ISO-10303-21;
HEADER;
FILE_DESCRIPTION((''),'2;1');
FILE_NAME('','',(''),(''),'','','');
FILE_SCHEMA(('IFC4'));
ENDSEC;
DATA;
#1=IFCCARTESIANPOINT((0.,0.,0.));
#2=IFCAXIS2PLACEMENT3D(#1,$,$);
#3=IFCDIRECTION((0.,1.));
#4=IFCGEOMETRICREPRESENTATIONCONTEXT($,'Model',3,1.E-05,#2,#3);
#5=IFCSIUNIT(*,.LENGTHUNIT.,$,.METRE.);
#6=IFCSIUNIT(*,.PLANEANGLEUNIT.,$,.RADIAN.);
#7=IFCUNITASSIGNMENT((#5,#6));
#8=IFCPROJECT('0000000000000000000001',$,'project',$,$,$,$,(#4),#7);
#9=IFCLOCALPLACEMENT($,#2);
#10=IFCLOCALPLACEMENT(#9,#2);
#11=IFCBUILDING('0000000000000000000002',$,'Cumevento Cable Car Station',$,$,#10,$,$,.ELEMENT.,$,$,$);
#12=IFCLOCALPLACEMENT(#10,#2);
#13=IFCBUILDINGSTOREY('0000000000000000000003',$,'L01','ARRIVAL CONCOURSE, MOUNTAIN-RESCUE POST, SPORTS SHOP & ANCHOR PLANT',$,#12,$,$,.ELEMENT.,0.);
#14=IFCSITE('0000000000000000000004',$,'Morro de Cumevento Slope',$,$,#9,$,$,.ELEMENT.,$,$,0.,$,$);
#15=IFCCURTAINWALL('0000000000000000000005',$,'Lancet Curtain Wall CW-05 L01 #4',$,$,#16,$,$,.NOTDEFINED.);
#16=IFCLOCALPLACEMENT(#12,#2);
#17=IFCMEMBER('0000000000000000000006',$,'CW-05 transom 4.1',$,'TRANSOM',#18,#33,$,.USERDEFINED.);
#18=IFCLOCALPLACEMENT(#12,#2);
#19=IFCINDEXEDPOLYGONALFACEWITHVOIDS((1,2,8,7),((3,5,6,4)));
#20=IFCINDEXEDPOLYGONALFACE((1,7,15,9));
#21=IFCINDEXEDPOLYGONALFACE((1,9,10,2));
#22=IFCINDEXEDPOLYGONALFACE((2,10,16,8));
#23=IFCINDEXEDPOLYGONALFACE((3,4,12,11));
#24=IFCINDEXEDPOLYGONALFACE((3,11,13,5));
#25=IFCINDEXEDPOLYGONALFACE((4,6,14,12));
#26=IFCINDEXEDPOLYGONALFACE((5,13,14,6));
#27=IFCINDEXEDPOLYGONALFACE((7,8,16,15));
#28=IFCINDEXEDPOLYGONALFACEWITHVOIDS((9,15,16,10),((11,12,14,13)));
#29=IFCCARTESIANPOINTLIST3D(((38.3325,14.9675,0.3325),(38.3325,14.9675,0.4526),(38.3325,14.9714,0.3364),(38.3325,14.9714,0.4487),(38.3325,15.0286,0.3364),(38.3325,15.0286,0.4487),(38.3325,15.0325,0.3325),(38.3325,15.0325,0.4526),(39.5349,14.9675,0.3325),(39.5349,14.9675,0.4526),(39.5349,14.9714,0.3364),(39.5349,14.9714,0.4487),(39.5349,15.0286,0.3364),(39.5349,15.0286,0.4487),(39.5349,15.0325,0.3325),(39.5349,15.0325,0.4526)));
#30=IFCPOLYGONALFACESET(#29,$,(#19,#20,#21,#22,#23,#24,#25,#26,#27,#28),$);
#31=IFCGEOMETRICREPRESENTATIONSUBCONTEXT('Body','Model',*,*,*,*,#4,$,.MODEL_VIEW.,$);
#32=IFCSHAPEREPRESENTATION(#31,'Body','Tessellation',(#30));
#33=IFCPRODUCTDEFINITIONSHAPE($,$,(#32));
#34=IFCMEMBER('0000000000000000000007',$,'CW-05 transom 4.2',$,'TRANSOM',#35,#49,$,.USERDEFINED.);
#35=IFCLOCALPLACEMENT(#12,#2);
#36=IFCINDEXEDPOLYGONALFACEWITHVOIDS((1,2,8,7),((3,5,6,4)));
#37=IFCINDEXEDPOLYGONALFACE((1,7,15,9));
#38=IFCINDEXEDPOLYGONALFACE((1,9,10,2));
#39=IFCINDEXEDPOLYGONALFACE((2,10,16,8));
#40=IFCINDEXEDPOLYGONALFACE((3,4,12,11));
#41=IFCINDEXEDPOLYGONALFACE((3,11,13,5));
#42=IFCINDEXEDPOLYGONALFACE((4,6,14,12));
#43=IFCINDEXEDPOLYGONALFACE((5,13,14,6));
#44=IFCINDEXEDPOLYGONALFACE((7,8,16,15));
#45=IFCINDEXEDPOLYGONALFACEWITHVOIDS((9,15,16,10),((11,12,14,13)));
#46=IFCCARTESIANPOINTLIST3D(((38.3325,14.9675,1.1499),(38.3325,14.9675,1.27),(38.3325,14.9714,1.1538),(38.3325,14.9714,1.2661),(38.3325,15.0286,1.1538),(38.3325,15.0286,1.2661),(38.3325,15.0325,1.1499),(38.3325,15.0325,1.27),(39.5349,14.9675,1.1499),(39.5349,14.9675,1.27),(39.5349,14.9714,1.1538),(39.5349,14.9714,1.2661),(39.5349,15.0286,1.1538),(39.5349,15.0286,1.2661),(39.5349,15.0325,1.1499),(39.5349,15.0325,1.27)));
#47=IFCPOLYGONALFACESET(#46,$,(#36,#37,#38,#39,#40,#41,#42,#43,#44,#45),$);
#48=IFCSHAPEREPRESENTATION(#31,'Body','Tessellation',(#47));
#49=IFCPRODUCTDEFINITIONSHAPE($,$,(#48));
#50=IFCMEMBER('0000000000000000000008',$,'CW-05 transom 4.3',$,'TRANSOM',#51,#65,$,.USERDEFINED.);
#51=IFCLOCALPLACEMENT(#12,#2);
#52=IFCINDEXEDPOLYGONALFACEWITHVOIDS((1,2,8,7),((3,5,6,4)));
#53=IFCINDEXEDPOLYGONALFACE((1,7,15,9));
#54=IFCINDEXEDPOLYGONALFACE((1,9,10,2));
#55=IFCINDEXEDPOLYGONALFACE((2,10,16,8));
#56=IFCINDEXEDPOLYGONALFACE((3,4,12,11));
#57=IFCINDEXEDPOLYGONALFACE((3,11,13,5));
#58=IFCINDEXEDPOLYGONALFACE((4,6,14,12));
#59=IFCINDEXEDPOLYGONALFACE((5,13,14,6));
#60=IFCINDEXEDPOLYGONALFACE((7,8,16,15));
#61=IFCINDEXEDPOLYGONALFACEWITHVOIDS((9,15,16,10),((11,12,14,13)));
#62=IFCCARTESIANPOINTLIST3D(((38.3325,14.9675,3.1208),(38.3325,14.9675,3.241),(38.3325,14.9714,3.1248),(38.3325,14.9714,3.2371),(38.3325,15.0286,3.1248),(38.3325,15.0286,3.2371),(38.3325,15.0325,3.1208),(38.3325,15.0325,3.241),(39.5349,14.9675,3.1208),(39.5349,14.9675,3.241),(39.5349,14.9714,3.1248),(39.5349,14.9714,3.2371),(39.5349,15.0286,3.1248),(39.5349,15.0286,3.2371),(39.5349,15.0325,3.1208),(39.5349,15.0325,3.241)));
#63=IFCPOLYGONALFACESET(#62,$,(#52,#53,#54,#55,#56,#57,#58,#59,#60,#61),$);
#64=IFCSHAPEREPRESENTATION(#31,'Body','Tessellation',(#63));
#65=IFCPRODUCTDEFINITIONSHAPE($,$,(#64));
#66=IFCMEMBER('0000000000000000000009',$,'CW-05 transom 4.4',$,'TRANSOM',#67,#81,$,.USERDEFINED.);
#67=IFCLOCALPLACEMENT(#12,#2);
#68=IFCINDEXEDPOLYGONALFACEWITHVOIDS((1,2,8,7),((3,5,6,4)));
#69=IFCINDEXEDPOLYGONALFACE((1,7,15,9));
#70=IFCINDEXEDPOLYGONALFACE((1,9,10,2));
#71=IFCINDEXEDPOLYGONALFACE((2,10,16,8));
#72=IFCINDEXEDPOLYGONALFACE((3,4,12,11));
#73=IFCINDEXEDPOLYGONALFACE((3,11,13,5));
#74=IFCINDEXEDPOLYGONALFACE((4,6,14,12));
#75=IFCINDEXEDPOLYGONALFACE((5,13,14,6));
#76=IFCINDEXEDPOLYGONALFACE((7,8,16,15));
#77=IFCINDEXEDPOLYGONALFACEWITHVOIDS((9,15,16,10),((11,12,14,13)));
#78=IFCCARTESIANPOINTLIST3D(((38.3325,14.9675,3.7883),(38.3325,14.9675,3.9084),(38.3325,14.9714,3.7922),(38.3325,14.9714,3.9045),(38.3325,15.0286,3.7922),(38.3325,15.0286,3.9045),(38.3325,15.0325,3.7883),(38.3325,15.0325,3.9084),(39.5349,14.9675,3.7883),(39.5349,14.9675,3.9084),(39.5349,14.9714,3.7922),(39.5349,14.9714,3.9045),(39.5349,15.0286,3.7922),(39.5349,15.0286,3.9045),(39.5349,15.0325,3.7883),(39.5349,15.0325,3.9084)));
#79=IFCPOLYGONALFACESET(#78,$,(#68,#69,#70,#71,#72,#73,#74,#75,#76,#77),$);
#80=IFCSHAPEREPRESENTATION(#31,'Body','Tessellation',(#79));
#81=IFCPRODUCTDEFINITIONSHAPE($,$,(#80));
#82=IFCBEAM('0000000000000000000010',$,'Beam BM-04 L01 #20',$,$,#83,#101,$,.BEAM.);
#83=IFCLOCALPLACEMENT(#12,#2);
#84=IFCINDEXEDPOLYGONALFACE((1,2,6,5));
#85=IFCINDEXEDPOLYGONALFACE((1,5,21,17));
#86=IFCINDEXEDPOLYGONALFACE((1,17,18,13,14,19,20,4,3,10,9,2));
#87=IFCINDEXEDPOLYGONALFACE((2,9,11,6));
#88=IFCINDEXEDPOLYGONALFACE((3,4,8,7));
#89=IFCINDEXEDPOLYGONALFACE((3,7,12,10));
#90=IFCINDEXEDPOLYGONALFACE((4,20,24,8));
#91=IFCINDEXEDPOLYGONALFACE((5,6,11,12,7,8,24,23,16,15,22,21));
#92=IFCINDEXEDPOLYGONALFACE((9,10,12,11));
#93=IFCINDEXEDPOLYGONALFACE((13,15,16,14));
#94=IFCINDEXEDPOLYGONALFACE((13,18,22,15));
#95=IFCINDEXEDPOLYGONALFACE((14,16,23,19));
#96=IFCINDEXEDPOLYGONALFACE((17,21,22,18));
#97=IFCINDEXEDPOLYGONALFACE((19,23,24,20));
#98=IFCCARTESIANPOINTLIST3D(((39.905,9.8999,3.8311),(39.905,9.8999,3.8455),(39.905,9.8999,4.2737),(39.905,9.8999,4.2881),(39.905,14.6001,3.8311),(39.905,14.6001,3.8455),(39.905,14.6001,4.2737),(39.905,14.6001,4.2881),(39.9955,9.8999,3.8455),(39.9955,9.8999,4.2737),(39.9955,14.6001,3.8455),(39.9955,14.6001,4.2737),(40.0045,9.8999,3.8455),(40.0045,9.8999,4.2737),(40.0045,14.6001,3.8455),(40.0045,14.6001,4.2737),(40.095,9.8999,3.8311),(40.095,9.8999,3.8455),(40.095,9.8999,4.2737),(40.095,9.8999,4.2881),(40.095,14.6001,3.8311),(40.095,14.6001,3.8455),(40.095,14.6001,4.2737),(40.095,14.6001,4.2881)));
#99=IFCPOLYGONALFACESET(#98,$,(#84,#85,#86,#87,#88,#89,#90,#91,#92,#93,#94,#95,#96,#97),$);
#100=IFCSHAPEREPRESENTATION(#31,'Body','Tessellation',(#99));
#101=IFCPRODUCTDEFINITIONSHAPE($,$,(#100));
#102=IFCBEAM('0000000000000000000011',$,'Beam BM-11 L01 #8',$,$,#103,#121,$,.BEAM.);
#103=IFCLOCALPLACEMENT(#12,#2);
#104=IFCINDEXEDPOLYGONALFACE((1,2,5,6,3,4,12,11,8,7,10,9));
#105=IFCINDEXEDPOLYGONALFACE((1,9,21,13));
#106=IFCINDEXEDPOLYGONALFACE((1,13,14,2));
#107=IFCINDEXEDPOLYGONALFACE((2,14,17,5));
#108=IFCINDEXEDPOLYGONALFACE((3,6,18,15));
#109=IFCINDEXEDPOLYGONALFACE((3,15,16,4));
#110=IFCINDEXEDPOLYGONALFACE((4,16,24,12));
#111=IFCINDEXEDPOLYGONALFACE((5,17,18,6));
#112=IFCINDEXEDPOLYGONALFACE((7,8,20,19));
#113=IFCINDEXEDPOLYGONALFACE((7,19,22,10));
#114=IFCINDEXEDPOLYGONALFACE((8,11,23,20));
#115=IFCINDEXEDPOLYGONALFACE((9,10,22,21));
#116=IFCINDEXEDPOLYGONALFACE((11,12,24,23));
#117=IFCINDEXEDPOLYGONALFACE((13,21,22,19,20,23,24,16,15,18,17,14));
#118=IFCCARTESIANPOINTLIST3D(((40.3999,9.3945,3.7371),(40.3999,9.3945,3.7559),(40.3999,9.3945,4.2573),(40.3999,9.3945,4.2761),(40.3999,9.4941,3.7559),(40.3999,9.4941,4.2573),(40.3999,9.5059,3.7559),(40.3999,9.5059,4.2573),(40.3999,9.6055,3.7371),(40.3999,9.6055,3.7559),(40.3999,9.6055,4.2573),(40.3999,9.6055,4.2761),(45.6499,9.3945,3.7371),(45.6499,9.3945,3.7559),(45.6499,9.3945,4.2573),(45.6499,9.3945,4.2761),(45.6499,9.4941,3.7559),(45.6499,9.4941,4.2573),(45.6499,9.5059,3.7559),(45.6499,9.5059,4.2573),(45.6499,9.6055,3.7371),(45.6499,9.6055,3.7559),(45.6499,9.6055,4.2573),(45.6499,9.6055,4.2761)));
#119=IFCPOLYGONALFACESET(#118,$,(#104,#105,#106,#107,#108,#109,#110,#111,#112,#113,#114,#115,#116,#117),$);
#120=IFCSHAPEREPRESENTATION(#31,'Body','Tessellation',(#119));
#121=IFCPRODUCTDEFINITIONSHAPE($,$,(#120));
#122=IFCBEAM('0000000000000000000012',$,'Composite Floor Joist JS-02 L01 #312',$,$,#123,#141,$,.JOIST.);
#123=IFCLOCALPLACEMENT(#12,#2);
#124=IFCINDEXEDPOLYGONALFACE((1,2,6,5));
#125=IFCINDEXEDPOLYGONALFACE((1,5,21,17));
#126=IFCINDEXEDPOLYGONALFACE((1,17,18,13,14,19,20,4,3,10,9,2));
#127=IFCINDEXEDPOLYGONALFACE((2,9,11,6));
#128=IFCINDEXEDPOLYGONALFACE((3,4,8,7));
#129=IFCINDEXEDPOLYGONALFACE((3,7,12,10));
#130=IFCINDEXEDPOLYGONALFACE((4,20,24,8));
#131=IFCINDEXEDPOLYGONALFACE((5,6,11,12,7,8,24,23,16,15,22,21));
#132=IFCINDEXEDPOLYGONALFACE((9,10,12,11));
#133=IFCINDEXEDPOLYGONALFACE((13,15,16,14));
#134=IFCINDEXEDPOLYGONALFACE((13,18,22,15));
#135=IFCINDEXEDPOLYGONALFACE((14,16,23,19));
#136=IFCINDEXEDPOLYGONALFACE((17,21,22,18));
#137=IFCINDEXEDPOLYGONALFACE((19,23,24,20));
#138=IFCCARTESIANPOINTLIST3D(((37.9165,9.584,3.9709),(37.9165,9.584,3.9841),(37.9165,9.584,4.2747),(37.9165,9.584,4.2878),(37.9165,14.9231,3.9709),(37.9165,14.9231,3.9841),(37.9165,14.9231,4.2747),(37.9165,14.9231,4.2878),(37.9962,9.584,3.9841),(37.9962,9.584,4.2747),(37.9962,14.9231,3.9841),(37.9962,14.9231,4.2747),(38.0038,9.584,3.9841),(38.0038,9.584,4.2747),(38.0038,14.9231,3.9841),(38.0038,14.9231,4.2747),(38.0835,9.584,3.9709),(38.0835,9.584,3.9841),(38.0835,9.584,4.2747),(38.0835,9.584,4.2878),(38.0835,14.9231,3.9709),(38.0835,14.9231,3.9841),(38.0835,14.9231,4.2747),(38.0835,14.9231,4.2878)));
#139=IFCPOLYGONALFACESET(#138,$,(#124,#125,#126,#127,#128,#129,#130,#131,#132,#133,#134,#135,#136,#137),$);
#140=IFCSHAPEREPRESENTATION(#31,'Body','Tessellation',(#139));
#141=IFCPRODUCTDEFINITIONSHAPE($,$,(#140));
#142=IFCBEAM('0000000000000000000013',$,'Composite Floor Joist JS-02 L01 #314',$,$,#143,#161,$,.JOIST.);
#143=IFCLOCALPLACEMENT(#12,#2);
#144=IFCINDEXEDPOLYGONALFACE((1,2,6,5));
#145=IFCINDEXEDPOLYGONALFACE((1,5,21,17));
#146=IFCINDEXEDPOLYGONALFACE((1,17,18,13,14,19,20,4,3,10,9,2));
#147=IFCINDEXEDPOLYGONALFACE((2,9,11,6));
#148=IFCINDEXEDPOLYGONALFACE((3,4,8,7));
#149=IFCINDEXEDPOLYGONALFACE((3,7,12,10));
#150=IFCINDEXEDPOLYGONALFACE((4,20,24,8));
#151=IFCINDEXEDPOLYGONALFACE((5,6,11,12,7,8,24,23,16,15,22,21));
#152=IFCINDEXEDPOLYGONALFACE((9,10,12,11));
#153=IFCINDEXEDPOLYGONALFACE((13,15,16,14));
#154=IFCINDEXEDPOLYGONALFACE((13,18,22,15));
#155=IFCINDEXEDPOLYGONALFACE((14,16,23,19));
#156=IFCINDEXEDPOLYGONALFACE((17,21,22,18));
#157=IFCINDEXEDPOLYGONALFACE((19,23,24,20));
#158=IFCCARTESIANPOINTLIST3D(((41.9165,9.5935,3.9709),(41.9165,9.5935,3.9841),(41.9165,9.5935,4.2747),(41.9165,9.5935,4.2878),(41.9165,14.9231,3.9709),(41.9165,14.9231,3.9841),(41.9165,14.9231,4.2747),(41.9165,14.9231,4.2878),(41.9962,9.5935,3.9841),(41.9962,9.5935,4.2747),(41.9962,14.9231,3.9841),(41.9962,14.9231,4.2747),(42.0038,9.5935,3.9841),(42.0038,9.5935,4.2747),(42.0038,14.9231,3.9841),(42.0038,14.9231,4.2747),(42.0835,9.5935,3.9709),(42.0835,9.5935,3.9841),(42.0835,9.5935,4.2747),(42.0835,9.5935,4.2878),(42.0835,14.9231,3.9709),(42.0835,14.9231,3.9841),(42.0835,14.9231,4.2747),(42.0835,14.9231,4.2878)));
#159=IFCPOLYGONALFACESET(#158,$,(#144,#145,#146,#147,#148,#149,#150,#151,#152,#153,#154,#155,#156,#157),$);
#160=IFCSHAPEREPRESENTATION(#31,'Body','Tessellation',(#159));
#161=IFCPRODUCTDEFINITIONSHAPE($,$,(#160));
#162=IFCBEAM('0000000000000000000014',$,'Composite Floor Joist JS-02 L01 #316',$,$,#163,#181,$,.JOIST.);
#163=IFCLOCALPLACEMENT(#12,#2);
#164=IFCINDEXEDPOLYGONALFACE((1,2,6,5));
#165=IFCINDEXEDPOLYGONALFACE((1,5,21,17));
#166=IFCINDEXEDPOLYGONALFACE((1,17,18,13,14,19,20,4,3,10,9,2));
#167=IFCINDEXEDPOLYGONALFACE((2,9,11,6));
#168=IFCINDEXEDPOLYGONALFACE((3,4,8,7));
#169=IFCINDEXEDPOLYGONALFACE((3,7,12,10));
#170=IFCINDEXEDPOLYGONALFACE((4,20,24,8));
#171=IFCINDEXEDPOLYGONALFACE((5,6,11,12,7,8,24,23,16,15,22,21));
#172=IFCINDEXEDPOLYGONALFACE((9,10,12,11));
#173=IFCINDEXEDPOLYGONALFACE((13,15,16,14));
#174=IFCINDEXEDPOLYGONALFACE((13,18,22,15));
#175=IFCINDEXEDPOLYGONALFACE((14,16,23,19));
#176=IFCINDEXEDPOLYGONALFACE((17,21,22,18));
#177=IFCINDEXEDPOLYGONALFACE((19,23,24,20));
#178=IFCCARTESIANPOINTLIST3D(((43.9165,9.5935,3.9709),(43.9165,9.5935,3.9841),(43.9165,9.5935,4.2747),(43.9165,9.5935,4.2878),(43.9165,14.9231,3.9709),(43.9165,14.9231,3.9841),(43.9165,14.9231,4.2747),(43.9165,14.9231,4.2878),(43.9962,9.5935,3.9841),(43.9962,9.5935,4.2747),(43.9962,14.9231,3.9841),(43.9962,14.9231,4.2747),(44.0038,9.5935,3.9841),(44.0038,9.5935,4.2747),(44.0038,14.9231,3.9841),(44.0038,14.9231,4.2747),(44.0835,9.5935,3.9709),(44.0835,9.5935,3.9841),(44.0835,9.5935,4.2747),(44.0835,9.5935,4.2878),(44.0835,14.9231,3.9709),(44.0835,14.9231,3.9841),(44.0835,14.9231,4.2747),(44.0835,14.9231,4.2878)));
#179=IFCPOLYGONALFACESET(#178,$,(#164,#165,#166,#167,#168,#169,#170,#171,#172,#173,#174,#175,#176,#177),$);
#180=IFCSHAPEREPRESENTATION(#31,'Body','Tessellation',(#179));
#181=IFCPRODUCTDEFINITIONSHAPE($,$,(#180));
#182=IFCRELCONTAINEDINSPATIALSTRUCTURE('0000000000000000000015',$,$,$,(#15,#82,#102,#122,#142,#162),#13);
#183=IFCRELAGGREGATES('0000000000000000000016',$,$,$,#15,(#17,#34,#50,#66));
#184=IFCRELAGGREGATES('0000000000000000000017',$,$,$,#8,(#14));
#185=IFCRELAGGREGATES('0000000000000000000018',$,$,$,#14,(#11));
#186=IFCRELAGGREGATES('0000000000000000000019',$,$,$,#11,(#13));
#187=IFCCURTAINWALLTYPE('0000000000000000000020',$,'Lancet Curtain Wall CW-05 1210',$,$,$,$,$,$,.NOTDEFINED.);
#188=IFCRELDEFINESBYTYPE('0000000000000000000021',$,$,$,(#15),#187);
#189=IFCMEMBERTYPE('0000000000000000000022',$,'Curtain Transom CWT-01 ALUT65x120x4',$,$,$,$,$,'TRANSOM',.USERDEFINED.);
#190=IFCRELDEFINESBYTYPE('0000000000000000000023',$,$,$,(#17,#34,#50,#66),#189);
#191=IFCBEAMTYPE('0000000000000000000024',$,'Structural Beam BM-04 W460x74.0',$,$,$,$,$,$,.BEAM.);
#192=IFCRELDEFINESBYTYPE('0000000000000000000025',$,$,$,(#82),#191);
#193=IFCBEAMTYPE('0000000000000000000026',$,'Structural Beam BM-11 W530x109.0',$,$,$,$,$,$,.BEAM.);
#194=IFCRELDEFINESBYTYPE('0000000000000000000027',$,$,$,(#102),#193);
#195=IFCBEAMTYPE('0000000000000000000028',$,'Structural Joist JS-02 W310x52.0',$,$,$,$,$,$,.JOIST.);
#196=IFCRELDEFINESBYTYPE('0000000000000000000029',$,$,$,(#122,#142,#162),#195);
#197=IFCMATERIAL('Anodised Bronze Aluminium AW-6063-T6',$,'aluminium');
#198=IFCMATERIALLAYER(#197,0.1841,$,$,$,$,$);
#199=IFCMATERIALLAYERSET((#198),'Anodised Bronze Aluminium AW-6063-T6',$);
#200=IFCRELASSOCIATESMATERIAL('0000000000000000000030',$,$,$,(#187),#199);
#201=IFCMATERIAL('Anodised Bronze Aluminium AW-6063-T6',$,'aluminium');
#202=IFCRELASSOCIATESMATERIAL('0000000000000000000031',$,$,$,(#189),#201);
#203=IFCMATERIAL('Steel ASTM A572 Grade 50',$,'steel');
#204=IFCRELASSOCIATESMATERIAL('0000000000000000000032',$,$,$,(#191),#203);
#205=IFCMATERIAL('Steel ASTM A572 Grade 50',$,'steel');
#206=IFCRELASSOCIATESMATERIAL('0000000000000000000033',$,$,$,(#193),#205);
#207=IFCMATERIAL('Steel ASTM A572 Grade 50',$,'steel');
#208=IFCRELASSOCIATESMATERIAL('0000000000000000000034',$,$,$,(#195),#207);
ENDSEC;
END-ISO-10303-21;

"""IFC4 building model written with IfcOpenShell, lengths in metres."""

from ifc_helpers import new_model, si_unit, direction, frame, origin, origin_2d, place, context, subcontext, project, spatial, hollow_rectangle, i_section, extrude, material, layer, layer_set, material_profile, profile_set, type_object, element, aggregate, save


model = new_model("IFC4")

# Units and contexts
model_context = context("Model", 3, precision=1e-05, world=origin(), true_north=direction((0.0, 1.0)))
body_context = subcontext(model_context, "Body", "Model", "MODEL_VIEW")
ifc_project = project(units=[si_unit("LENGTHUNIT", "METRE"), si_unit("PLANEANGLEUNIT", "RADIAN")], contexts=[model_context])

# Site, building, storey
site_placement = place(None, origin())
site = spatial("IfcSite", under=ifc_project, at=site_placement, Name="Morro de Cumevento Slope", CompositionType="ELEMENT", RefElevation=0.0)
building_placement = place(site_placement, origin())
building = spatial("IfcBuilding", under=site, at=building_placement, Name="Cumevento Cable Car Station", CompositionType="ELEMENT")
storey_placement = place(building_placement, origin())
storey = spatial("IfcBuildingStorey", under=building, at=storey_placement, Name="L01", Description="ARRIVAL CONCOURSE, MOUNTAIN-RESCUE POST, SPORTS SHOP & ANCHOR PLANT", CompositionType="ELEMENT", Elevation=0.0)

# Curtain wall, members
ifc_material_1 = material(Name="Anodised Bronze Aluminium AW-6063-T6", Category="aluminium")
ifc_layer_1 = layer(ifc_material_1, 0.1841)
ifc_layer_set_1 = layer_set([ifc_layer_1], Name="Anodised Bronze Aluminium AW-6063-T6")
curtain_wall_type = type_object("IfcCurtainWallType", Name="Lancet Curtain Wall CW-05 1210", PredefinedType="NOTDEFINED", material=ifc_layer_set_1)
curtain_wall_placement = place(storey_placement, origin())
curtain_wall = element("IfcCurtainWall", 1, at=curtain_wall_placement, inside=storey, type_object=curtain_wall_type, Name="Lancet Curtain Wall CW-05 L01 #4", PredefinedType="NOTDEFINED")
ifc_material_2 = material(Name="Anodised Bronze Aluminium AW-6063-T6", Category="aluminium")
ifc_material_profile_1 = material_profile(ifc_material_2, hollow_rectangle(XDim=0.0649, YDim=0.1201, WallThickness=0.0039, at=origin_2d()), Name="ALUT65x120x4")
ifc_profile_set_1 = profile_set([ifc_material_profile_1], Name="Anodised Bronze Aluminium AW-6063-T6")
member_type = type_object("IfcMemberType", Name="Curtain Transom CWT-01 ALUT65x120x4", ElementType="TRANSOM", PredefinedType="USERDEFINED", material=ifc_profile_set_1)
member_1_placement = place(storey_placement, frame((38.3325, 15.0, 0.3926), z_axis=(1.0, 0.0, 0.0), x_axis=(0.0, 1.0, 0.0)))
member_1 = element("IfcMember", 2, at=member_1_placement, type_object=member_type, Name="CW-05 transom 4.1", ObjectType="TRANSOM", PredefinedType="USERDEFINED", context=body_context, shape_type="SweptSolid", body=[
    extrude(hollow_rectangle(XDim=0.0649, YDim=0.1201, WallThickness=0.0039, at=origin_2d()), origin(), (0.0, 0.0, 1.0), 1.2024),
])
member_2_placement = place(storey_placement, frame((38.3325, 15.0, 1.21), z_axis=(1.0, 0.0, 0.0), x_axis=(0.0, 1.0, 0.0)))
member_2 = element("IfcMember", 3, at=member_2_placement, type_object=member_type, Name="CW-05 transom 4.2", ObjectType="TRANSOM", PredefinedType="USERDEFINED", context=body_context, shape_type="SweptSolid", body=[
    extrude(hollow_rectangle(XDim=0.0649, YDim=0.1201, WallThickness=0.0039, at=origin_2d()), origin(), (0.0, 0.0, 1.0), 1.2024),
])
member_3_placement = place(storey_placement, frame((38.3325, 15.0, 3.1809), z_axis=(1.0, 0.0, 0.0), x_axis=(0.0, 1.0, 0.0)))
member_3 = element("IfcMember", 4, at=member_3_placement, type_object=member_type, Name="CW-05 transom 4.3", ObjectType="TRANSOM", PredefinedType="USERDEFINED", context=body_context, shape_type="SweptSolid", body=[
    extrude(hollow_rectangle(XDim=0.0649, YDim=0.1201, WallThickness=0.0039, at=origin_2d()), origin(), (0.0, 0.0, 1.0), 1.2024),
])
member_4_placement = place(storey_placement, frame((38.3325, 15.0, 3.8484), z_axis=(1.0, 0.0, 0.0), x_axis=(0.0, 1.0, 0.0)))
member_4 = element("IfcMember", 5, at=member_4_placement, type_object=member_type, Name="CW-05 transom 4.4", ObjectType="TRANSOM", PredefinedType="USERDEFINED", context=body_context, shape_type="SweptSolid", body=[
    extrude(hollow_rectangle(XDim=0.0649, YDim=0.1201, WallThickness=0.0039, at=origin_2d()), origin(), (0.0, 0.0, 1.0), 1.2024),
])

# Beams
ifc_material_3 = material(Name="Steel ASTM A572 Grade 50", Category="steel")
ifc_material_profile_2 = material_profile(ifc_material_3, i_section(OverallWidth=0.1899, OverallDepth=0.457, WebThickness=0.009, FlangeThickness=0.0144, at=origin_2d()), Name="W460x74.0")
ifc_profile_set_2 = profile_set([ifc_material_profile_2], Name="Steel ASTM A572 Grade 50")
beam_type_1 = type_object("IfcBeamType", Name="Structural Beam BM-04 W460x74.0", PredefinedType="BEAM", material=ifc_profile_set_2)
beam_1_placement = place(storey_placement, frame((40.0, 9.8999, 4.0596), z_axis=(0.0, 1.0, 0.0), x_axis=(-1.0, 0.0, 0.0)))
element("IfcBeam", 6, at=beam_1_placement, inside=storey, type_object=beam_type_1, Name="Beam BM-04 L01 #20", PredefinedType="BEAM", context=body_context, shape_type="SweptSolid", body=[
    extrude(i_section(OverallWidth=0.1899, OverallDepth=0.457, WebThickness=0.009, FlangeThickness=0.0144, at=origin_2d()), origin(), (0.0, 0.0, 1.0), 4.7002),
])
ifc_material_4 = material(Name="Steel ASTM A572 Grade 50", Category="steel")
ifc_material_profile_3 = material_profile(ifc_material_4, i_section(OverallWidth=0.2109, OverallDepth=0.5391, WebThickness=0.0117, FlangeThickness=0.0188, at=origin_2d()), Name="W530x109.0")
ifc_profile_set_3 = profile_set([ifc_material_profile_3], Name="Steel ASTM A572 Grade 50")
beam_type_2 = type_object("IfcBeamType", Name="Structural Beam BM-11 W530x109.0", PredefinedType="BEAM", material=ifc_profile_set_3)
beam_2_placement = place(storey_placement, frame((40.3999, 9.5, 4.0066), z_axis=(1.0, 0.0, 0.0), x_axis=(0.0, 1.0, 0.0)))
element("IfcBeam", 7, at=beam_2_placement, inside=storey, type_object=beam_type_2, Name="Beam BM-11 L01 #8", PredefinedType="BEAM", context=body_context, shape_type="SweptSolid", body=[
    extrude(i_section(OverallWidth=0.2109, OverallDepth=0.5391, WebThickness=0.0117, FlangeThickness=0.0188, at=origin_2d()), origin(), (0.0, 0.0, 1.0), 5.25),
])
ifc_material_5 = material(Name="Steel ASTM A572 Grade 50", Category="steel")
ifc_material_profile_4 = material_profile(ifc_material_5, i_section(OverallWidth=0.167, OverallDepth=0.3169, WebThickness=0.0076, FlangeThickness=0.0132, at=origin_2d()), Name="W310x52.0")
ifc_profile_set_4 = profile_set([ifc_material_profile_4], Name="Steel ASTM A572 Grade 50")
beam_type_3 = type_object("IfcBeamType", Name="Structural Joist JS-02 W310x52.0", PredefinedType="JOIST", material=ifc_profile_set_4)
beam_3_placement = place(storey_placement, frame((38.0, 9.584, 4.1294), z_axis=(0.0, 1.0, 0.0), x_axis=(-1.0, 0.0, 0.0)))
element("IfcBeam", 8, at=beam_3_placement, inside=storey, type_object=beam_type_3, Name="Composite Floor Joist JS-02 L01 #312", PredefinedType="JOIST", context=body_context, shape_type="SweptSolid", body=[
    extrude(i_section(OverallWidth=0.167, OverallDepth=0.3169, WebThickness=0.0076, FlangeThickness=0.0132, at=origin_2d()), origin(), (0.0, 0.0, 1.0), 5.3391),
])
for number, where, z_axis, x_axis, name in (
    (9, (42.0, 9.5935, 4.1294), (0.0, 1.0, 0.0), (-1.0, 0.0, 0.0), "Composite Floor Joist JS-02 L01 #314"),
    (10, (44.0, 9.5935, 4.1294), (0.0, 1.0, 0.0), (-1.0, 0.0, 0.0), "Composite Floor Joist JS-02 L01 #316"),
):
    element("IfcBeam", number, at=place(storey_placement, frame(where, z_axis=z_axis, x_axis=x_axis)), inside=storey, type_object=beam_type_3, Name=name, PredefinedType="JOIST", context=body_context, shape_type="SweptSolid", body=[
        extrude(i_section(OverallWidth=0.167, OverallDepth=0.3169, WebThickness=0.0076, FlangeThickness=0.0132, at=origin_2d()), origin(), (0.0, 0.0, 1.0), 5.3296),
    ])

aggregate(curtain_wall, [member_1, member_2, member_3, member_4])

save(model, "model.ifc")
